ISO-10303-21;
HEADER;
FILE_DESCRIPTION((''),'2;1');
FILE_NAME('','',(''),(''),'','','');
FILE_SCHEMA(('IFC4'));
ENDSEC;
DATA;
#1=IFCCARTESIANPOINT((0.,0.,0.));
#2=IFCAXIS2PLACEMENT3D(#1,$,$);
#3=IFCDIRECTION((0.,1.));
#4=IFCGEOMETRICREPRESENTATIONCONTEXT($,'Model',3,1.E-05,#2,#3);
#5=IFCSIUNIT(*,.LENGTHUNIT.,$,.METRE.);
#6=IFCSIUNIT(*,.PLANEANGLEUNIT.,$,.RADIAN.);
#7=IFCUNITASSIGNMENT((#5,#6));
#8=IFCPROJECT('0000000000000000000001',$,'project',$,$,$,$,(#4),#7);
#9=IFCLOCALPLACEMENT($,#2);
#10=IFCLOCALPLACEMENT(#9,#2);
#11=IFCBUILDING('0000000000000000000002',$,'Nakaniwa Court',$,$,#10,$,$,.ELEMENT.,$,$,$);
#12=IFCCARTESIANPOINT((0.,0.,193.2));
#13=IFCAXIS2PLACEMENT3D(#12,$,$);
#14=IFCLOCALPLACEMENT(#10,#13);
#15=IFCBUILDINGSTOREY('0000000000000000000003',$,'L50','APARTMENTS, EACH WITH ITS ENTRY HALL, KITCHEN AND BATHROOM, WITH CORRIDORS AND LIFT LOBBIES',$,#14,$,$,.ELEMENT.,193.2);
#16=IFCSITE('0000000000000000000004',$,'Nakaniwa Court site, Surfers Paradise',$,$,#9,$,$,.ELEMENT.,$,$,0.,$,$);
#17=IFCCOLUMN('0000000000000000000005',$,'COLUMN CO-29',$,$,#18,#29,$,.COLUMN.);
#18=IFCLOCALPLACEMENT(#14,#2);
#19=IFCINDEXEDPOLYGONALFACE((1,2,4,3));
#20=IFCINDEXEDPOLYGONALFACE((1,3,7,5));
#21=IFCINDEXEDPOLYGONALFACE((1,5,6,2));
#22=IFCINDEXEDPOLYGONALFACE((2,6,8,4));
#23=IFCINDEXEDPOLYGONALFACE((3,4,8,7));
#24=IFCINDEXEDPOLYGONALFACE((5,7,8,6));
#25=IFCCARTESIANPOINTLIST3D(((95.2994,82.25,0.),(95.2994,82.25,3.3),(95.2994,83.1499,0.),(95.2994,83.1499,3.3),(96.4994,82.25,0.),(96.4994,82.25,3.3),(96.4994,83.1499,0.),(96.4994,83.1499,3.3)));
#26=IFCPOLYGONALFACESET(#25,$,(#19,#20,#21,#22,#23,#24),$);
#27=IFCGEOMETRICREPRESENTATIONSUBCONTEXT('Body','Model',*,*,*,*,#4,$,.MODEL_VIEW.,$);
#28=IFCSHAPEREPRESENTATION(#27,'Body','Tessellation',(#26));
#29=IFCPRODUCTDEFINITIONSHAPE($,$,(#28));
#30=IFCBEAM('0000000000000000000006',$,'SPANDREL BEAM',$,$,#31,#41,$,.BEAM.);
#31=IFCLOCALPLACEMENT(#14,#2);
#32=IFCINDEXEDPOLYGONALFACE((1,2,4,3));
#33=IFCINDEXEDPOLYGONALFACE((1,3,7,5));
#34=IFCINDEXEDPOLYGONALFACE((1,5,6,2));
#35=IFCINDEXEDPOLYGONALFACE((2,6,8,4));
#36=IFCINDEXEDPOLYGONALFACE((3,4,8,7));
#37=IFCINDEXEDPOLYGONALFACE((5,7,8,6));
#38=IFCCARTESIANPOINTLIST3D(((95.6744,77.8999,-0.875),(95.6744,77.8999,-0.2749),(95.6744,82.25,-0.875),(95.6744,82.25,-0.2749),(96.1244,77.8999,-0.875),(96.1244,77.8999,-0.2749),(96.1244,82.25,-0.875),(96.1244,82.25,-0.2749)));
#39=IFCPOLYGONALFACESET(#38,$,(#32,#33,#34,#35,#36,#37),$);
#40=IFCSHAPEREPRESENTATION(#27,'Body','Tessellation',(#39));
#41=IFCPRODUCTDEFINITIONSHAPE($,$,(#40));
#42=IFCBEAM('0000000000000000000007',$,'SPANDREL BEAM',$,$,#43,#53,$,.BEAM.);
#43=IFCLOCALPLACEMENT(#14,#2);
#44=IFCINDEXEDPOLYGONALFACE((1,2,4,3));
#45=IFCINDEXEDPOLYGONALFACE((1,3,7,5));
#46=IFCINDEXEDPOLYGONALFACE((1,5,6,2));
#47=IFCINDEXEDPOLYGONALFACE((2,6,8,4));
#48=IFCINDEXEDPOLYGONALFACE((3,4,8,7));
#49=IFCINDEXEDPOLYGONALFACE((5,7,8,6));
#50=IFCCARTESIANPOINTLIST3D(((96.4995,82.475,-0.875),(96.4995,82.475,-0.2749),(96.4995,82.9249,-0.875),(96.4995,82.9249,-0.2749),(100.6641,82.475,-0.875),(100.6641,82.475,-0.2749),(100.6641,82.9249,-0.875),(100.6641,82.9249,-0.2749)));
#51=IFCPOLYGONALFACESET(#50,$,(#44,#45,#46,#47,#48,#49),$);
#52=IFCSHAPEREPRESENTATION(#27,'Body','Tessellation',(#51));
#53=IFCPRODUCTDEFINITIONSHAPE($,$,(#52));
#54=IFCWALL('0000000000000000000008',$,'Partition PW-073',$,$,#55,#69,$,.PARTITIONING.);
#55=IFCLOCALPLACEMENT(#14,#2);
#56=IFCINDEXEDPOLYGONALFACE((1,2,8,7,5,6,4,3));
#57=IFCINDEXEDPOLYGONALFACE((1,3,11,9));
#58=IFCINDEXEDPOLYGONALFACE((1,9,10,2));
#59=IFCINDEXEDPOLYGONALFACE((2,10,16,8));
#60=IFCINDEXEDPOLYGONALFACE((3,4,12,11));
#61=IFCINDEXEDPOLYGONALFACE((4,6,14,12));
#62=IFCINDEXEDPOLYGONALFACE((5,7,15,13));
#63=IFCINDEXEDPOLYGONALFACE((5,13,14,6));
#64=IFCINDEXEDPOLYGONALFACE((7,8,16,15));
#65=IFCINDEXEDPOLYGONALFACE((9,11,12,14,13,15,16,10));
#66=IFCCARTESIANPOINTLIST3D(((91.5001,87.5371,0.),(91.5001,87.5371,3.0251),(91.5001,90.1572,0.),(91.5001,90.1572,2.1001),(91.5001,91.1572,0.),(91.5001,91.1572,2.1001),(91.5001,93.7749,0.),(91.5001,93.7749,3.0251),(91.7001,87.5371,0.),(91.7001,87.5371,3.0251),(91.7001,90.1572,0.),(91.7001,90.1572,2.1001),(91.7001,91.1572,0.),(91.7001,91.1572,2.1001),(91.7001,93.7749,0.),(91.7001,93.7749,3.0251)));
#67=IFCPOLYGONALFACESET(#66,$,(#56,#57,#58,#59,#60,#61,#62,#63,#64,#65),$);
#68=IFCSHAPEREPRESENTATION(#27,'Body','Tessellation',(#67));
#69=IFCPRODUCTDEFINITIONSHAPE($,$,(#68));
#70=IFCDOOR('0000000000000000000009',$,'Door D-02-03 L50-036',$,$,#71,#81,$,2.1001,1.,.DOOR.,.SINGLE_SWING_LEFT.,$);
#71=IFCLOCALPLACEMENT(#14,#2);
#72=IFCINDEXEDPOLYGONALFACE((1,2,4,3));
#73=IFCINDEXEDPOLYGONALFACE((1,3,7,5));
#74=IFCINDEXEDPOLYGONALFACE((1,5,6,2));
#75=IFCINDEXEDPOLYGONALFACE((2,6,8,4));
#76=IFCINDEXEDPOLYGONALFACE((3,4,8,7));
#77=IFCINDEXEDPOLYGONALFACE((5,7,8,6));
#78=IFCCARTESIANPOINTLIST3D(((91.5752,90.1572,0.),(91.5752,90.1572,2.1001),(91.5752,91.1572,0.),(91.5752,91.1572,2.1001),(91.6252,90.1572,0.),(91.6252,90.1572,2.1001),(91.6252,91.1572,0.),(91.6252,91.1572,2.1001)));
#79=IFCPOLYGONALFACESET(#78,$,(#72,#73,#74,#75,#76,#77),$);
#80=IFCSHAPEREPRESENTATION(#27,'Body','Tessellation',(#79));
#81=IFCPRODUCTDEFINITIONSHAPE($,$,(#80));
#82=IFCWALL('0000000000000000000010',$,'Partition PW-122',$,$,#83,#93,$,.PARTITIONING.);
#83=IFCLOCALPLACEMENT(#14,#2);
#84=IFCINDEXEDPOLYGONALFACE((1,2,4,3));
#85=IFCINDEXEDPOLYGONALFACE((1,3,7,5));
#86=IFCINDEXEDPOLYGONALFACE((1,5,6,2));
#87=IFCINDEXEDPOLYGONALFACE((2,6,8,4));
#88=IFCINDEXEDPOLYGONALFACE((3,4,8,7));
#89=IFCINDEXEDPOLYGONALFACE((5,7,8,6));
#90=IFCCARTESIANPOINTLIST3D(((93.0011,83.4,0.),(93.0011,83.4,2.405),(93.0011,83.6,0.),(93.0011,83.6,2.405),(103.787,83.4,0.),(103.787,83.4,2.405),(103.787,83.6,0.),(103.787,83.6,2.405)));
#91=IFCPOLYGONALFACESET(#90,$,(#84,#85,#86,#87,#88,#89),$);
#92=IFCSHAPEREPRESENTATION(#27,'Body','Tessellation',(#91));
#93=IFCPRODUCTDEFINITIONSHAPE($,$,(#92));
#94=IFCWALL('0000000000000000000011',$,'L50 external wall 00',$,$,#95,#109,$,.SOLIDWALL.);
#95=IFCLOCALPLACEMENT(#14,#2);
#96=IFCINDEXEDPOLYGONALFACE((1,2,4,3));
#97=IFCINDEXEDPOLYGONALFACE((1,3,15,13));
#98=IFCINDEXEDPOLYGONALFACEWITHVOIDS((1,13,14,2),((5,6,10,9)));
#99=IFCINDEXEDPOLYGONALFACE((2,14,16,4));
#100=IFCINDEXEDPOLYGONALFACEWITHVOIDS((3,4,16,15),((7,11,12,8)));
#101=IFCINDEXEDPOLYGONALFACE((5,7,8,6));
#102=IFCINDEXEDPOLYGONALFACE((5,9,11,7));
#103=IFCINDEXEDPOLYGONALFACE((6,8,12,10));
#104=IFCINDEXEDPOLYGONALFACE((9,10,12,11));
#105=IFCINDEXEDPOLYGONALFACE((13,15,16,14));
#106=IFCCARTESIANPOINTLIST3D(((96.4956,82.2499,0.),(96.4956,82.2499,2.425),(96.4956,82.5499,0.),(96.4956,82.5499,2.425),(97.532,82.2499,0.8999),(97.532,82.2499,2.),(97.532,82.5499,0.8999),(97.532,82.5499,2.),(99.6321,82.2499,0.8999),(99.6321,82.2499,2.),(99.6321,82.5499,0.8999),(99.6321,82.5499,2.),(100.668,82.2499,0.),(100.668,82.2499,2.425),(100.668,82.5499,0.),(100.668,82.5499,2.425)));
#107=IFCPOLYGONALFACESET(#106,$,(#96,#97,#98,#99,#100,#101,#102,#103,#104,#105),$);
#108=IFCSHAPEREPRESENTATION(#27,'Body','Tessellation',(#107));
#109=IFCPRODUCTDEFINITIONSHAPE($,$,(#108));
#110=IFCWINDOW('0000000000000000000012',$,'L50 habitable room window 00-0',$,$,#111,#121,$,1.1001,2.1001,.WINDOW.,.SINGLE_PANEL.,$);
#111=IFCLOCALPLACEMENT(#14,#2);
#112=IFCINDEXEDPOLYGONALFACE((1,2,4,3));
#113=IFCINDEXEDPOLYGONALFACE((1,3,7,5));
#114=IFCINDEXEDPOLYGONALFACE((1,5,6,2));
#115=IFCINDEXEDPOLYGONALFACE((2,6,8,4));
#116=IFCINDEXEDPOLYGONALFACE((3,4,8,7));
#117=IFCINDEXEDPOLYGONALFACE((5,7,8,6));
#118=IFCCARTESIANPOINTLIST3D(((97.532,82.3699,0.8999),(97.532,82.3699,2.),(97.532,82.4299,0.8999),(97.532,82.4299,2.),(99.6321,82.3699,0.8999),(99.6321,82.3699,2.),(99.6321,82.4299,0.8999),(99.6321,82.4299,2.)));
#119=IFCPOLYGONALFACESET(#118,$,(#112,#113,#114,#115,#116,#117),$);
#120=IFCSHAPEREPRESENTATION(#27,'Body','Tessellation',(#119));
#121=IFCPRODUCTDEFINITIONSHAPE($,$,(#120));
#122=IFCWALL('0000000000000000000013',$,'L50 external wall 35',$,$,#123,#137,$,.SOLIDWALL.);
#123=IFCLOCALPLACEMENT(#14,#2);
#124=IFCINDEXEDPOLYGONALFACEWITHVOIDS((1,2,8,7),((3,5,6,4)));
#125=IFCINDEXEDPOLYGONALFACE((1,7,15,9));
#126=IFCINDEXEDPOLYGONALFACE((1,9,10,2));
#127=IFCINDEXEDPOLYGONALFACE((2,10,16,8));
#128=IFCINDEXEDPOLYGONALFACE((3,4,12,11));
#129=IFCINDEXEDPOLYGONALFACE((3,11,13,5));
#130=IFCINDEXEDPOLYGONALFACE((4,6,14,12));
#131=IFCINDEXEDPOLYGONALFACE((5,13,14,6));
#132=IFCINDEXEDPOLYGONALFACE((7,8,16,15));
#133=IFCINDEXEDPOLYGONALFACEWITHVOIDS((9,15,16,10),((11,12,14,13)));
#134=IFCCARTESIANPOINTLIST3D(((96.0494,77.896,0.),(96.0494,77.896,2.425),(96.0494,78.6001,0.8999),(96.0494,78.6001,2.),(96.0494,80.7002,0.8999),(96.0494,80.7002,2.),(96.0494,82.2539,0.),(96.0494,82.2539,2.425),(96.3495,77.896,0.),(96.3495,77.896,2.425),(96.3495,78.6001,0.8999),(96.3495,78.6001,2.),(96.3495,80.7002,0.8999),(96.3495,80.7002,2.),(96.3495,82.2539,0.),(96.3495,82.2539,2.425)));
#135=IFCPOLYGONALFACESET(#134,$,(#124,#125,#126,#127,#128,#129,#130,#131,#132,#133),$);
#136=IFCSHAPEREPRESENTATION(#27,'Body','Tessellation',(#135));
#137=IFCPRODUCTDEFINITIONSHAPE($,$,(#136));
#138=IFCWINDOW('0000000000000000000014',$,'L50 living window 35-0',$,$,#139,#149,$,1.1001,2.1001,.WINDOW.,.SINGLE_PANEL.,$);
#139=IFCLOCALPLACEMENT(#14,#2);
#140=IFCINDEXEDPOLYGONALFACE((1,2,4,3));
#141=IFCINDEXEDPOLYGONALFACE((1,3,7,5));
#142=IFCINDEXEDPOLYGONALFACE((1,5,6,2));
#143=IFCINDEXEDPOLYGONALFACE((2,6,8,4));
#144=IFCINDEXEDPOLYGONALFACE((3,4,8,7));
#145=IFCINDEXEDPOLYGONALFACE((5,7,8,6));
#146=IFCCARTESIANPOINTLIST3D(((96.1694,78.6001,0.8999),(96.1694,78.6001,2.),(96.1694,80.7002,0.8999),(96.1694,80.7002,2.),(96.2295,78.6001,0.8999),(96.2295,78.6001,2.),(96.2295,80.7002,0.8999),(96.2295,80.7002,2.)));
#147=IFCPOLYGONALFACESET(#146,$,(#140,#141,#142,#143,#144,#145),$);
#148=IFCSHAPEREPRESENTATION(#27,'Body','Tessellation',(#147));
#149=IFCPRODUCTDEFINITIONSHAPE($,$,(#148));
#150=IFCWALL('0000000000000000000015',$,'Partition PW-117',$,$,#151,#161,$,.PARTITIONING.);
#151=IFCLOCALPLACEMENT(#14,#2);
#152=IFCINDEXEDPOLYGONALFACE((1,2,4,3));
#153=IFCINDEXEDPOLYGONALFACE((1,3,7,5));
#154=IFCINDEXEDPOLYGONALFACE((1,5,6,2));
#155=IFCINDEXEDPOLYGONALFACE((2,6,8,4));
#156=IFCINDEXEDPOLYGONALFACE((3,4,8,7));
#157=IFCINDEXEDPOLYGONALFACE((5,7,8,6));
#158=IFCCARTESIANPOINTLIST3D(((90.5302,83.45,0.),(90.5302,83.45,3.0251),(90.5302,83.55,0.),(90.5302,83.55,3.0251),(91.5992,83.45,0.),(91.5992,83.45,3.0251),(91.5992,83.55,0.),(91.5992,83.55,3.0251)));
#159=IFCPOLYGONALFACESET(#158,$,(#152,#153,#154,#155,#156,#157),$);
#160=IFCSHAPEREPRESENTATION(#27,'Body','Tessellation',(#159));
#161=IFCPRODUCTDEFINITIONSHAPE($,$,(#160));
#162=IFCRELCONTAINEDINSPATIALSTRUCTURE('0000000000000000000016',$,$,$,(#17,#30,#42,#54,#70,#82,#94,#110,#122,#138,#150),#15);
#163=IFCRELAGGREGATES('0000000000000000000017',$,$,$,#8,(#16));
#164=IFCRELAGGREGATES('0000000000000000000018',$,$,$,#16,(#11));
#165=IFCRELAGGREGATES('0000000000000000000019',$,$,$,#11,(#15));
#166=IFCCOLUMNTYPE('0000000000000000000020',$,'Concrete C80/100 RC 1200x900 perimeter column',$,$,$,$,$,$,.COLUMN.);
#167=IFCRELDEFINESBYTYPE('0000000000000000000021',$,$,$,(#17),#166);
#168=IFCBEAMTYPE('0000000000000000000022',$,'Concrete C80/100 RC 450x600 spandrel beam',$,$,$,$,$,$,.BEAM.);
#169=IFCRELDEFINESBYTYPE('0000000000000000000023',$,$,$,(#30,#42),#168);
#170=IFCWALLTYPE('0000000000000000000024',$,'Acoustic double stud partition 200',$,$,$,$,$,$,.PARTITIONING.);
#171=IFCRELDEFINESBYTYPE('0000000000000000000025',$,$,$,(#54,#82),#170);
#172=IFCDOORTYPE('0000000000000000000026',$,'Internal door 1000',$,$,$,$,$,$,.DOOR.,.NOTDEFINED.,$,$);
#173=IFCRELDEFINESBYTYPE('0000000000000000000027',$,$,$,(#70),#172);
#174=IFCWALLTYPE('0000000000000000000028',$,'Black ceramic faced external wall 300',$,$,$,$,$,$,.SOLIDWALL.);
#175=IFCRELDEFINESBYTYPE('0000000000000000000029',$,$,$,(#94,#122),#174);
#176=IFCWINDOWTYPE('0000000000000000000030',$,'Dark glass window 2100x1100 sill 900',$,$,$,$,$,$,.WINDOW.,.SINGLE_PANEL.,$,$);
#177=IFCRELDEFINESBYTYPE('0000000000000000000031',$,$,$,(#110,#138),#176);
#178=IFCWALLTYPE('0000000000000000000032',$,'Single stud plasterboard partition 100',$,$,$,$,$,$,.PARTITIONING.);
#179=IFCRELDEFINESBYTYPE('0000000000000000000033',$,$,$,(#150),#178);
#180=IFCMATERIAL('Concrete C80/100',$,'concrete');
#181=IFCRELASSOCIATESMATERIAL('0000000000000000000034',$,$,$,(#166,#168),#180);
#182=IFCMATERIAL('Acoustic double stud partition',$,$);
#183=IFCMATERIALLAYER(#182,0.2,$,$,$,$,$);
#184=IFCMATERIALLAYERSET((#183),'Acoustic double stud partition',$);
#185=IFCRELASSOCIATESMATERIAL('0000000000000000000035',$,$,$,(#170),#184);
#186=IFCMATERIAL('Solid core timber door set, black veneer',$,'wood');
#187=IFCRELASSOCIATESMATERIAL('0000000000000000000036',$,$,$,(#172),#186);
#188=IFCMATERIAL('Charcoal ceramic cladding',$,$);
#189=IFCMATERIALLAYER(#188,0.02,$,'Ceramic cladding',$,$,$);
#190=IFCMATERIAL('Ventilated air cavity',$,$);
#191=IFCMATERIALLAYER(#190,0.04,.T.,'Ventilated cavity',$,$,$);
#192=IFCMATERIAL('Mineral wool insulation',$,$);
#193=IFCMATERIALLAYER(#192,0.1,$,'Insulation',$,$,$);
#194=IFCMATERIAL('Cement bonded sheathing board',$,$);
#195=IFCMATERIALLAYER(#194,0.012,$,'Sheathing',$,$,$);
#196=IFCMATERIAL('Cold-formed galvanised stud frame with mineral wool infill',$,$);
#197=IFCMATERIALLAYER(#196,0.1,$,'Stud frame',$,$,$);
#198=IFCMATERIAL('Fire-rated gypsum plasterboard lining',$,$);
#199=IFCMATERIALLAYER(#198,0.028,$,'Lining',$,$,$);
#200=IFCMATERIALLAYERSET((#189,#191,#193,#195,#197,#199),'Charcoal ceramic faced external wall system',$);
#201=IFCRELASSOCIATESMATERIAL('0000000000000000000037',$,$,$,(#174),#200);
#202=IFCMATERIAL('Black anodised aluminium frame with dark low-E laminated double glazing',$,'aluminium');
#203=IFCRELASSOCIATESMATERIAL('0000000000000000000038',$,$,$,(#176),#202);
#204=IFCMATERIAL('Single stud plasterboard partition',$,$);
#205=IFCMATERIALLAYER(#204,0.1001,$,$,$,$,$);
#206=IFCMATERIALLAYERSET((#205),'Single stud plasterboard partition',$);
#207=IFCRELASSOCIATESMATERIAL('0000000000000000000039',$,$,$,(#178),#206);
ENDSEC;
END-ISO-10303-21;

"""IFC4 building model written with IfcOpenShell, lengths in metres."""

from ifc_helpers import new_model, si_unit, direction, frame, frame_2d, origin, origin_2d, place, context, subcontext, project, spatial, rectangle, extrude, material, layer, layer_set, material_profile, profile_set, type_object, element, fill, save


model = new_model("IFC4")

# Units and contexts
model_context = context("Model", 3, precision=1e-05, world=origin(), true_north=direction((0.0, 1.0)))
body_context = subcontext(model_context, "Body", "Model", "MODEL_VIEW")
ifc_project = project(units=[si_unit("LENGTHUNIT", "METRE"), si_unit("PLANEANGLEUNIT", "RADIAN")], contexts=[model_context])

# Site, building, storey
site_placement = place(None, origin())
site = spatial("IfcSite", under=ifc_project, at=site_placement, Name="Nakaniwa Court site, Surfers Paradise", CompositionType="ELEMENT", RefElevation=0.0)
building_placement = place(site_placement, origin())
building = spatial("IfcBuilding", under=site, at=building_placement, Name="Nakaniwa Court", CompositionType="ELEMENT")
storey_placement = place(building_placement, frame((0.0, 0.0, 193.2)))
storey = spatial("IfcBuildingStorey", under=building, at=storey_placement, Name="L50", Description="APARTMENTS, EACH WITH ITS ENTRY HALL, KITCHEN AND BATHROOM, WITH CORRIDORS AND LIFT LOBBIES", CompositionType="ELEMENT", Elevation=193.2)

# Column
ifc_material_1 = material(Name="Concrete C80/100", Category="concrete")
ifc_material_profile_1 = material_profile(ifc_material_1, rectangle(XDim=1.2, YDim=0.8999, at=origin_2d()), Name="Concrete C80/100 RC 1200x900 perimeter column")
ifc_profile_set_1 = profile_set([ifc_material_profile_1], Name="Concrete C80/100")
column_type = type_object("IfcColumnType", Name="Concrete C80/100 RC 1200x900 perimeter column", PredefinedType="COLUMN", material=ifc_profile_set_1)
column_placement = place(storey_placement, frame((95.8994, 82.7, 0.0), z_axis=(0.0, 0.0, 1.0), x_axis=(1.0, 0.0, 0.0)))
element("IfcColumn", 1, at=column_placement, inside=storey, type_object=column_type, Name="COLUMN CO-29", PredefinedType="COLUMN", context=body_context, shape_type="SweptSolid", body=[
    extrude(rectangle(XDim=1.2, YDim=0.8999, at=origin_2d()), origin(), (0.0, 0.0, 1.0), 3.3),
])

# Beams
ifc_material_profile_2 = material_profile(ifc_material_1, rectangle(XDim=0.45, YDim=0.6001, at=origin_2d()), Name="Concrete C80/100 RC 450x600 spandrel beam")
ifc_profile_set_2 = profile_set([ifc_material_profile_2], Name="Concrete C80/100")
beam_type = type_object("IfcBeamType", Name="Concrete C80/100 RC 450x600 spandrel beam", PredefinedType="BEAM", material=ifc_profile_set_2)
beam_1_placement = place(storey_placement, frame((95.8994, 77.8999, -0.575), z_axis=(0.0, 1.0, 0.0), x_axis=(-1.0, 0.0, 0.0)))
element("IfcBeam", 2, at=beam_1_placement, inside=storey, type_object=beam_type, Name="SPANDREL BEAM", PredefinedType="BEAM", context=body_context, shape_type="SweptSolid", body=[
    extrude(rectangle(XDim=0.45, YDim=0.6001, at=origin_2d()), origin(), (0.0, 0.0, 1.0), 4.3501),
])
beam_2_placement = place(storey_placement, frame((96.4995, 82.7, -0.575), z_axis=(1.0, 0.0, 0.0), x_axis=(0.0, 1.0, 0.0)))
element("IfcBeam", 3, at=beam_2_placement, inside=storey, type_object=beam_type, Name="SPANDREL BEAM", PredefinedType="BEAM", context=body_context, shape_type="SweptSolid", body=[
    extrude(rectangle(XDim=0.45, YDim=0.6001, at=origin_2d()), origin(), (0.0, 0.0, 1.0), 4.1646),
])

# Wall, opening, door
ifc_material_2 = material(Name="Acoustic double stud partition")
ifc_layer_1 = layer(ifc_material_2, 0.2)
ifc_layer_set_1 = layer_set([ifc_layer_1], Name="Acoustic double stud partition")
wall_type_1 = type_object("IfcWallType", Name="Acoustic double stud partition 200", PredefinedType="PARTITIONING", material=ifc_layer_set_1)
wall_1_placement = place(storey_placement, frame((91.6001, 87.5371, 0.0), z_axis=(0.0, 0.0, 1.0), x_axis=(0.0, 1.0, 0.0)))
wall_1 = element("IfcWall", 4, at=wall_1_placement, inside=storey, type_object=wall_type_1, Name="Partition PW-073", PredefinedType="PARTITIONING", context=body_context, shape_type="SweptSolid", body=[
    extrude(rectangle(XDim=6.2378, YDim=0.2, at=frame_2d((3.1189, 0.0))), origin(), (0.0, 0.0, 1.0), 3.0251),
])
opening_1_placement = place(wall_1_placement, frame((2.6201, 0.0, 0.0)))
opening_1 = element("IfcOpeningElement", 5, at=opening_1_placement, cuts=wall_1, PredefinedType="OPENING", context=body_context, shape_type="SweptSolid", body=[
    extrude(rectangle(XDim=1.0, YDim=2.1001, at=frame_2d((0.5, 1.05))), frame((0.0, 0.1099, 0.0), z_axis=(0.0, -1.0, 0.0), x_axis=(1.0, 0.0, 0.0)), (0.0, 0.0, 1.0), 0.22),
])
ifc_material_3 = material(Name="Solid core timber door set, black veneer", Category="wood")
door_type_1 = type_object("IfcDoorType", Name="Internal door 1000", OperationType="NOTDEFINED", PredefinedType="DOOR", material=ifc_material_3)
door_1_placement = place(opening_1_placement, origin())
door_1 = element("IfcDoor", 6, at=door_1_placement, inside=storey, type_object=door_type_1, Name="Door D-02-03 L50-036", OperationType="SINGLE_SWING_LEFT", OverallHeight=2.1001, OverallWidth=1.0, PredefinedType="DOOR", context=body_context, shape_type="SweptSolid", body=[
    extrude(rectangle(XDim=1.0, YDim=2.1001, at=frame_2d((0.5, 1.05))), frame((0.0, 0.0249, 0.0), z_axis=(0.0, -1.0, 0.0), x_axis=(1.0, 0.0, 0.0)), (0.0, 0.0, 1.0), 0.05),
])
fill(opening_1, door_1)

# Wall
wall_2_placement = place(storey_placement, frame((93.001, 83.5, 0.0), z_axis=(0.0, 0.0, 1.0), x_axis=(1.0, 0.0, 0.0)))
element("IfcWall", 7, at=wall_2_placement, inside=storey, type_object=wall_type_1, Name="Partition PW-122", PredefinedType="PARTITIONING", context=body_context, shape_type="SweptSolid", body=[
    extrude(rectangle(XDim=10.7859, YDim=0.2, at=frame_2d((5.3931, 0.0))), origin(), (0.0, 0.0, 1.0), 2.405),
])

# Walls, openings, windows
ifc_material_4 = material(Name="Charcoal ceramic cladding")
ifc_layer_2 = layer(ifc_material_4, 0.02, Name="Ceramic cladding")
ifc_material_5 = material(Name="Ventilated air cavity")
ifc_layer_3 = layer(ifc_material_5, 0.04, ventilated=True, Name="Ventilated cavity")
ifc_material_6 = material(Name="Mineral wool insulation")
ifc_layer_4 = layer(ifc_material_6, 0.1, Name="Insulation")
ifc_material_7 = material(Name="Cement bonded sheathing board")
ifc_layer_5 = layer(ifc_material_7, 0.012, Name="Sheathing")
ifc_material_8 = material(Name="Cold-formed galvanised stud frame with mineral wool infill")
ifc_layer_6 = layer(ifc_material_8, 0.1, Name="Stud frame")
ifc_material_9 = material(Name="Fire-rated gypsum plasterboard lining")
ifc_layer_7 = layer(ifc_material_9, 0.028, Name="Lining")
ifc_layer_set_2 = layer_set([ifc_layer_2, ifc_layer_3, ifc_layer_4, ifc_layer_5, ifc_layer_6, ifc_layer_7], Name="Charcoal ceramic faced external wall system")
wall_type_2 = type_object("IfcWallType", Name="Black ceramic faced external wall 300", PredefinedType="SOLIDWALL", material=ifc_layer_set_2)
wall_3_placement = place(storey_placement, frame((96.4956, 82.3999, 0.0), z_axis=(0.0, 0.0, 1.0), x_axis=(1.0, 0.0, 0.0)))
wall_3 = element("IfcWall", 8, at=wall_3_placement, inside=storey, type_object=wall_type_2, Name="L50 external wall 00", PredefinedType="SOLIDWALL", context=body_context, shape_type="SweptSolid", body=[
    extrude(rectangle(XDim=4.1724, YDim=0.3, at=frame_2d((2.0862, 0.0))), origin(), (0.0, 0.0, 1.0), 2.425),
])
opening_2_placement = place(wall_3_placement, frame((1.0364, 0.0, 0.8999)))
opening_2 = element("IfcOpeningElement", 9, at=opening_2_placement, cuts=wall_3, PredefinedType="OPENING", context=body_context, shape_type="SweptSolid", body=[
    extrude(rectangle(XDim=2.1001, YDim=1.1001, at=frame_2d((1.05, 0.55))), frame((0.0, 0.1599, 0.0), z_axis=(0.0, -1.0, 0.0), x_axis=(1.0, 0.0, 0.0)), (0.0, 0.0, 1.0), 0.3201),
])
ifc_material_10 = material(Name="Black anodised aluminium frame with dark low-E laminated double glazing", Category="aluminium")
window_type = type_object("IfcWindowType", Name="Dark glass window 2100x1100 sill 900", PartitioningType="SINGLE_PANEL", PredefinedType="WINDOW", material=ifc_material_10)
window_1_placement = place(opening_2_placement, origin())
window_1 = element("IfcWindow", 10, at=window_1_placement, inside=storey, type_object=window_type, Name="L50 habitable room window 00-0", OverallHeight=1.1001, OverallWidth=2.1001, PartitioningType="SINGLE_PANEL", PredefinedType="WINDOW", context=body_context, shape_type="SweptSolid", body=[
    extrude(rectangle(XDim=2.1001, YDim=1.1001, at=frame_2d((1.05, 0.55))), frame((0.0, 0.03, 0.0), z_axis=(0.0, -1.0, 0.0), x_axis=(1.0, 0.0, 0.0)), (0.0, 0.0, 1.0), 0.0601),
])
fill(opening_2, window_1)
wall_4_placement = place(storey_placement, frame((96.1995, 77.896, 0.0), z_axis=(0.0, 0.0, 1.0), x_axis=(0.0, 1.0, 0.0)))
wall_4 = element("IfcWall", 11, at=wall_4_placement, inside=storey, type_object=wall_type_2, Name="L50 external wall 35", PredefinedType="SOLIDWALL", context=body_context, shape_type="SweptSolid", body=[
    extrude(rectangle(XDim=4.3579, YDim=0.3, at=frame_2d((2.179, 0.0))), origin(), (0.0, 0.0, 1.0), 2.425),
])
opening_3_placement = place(wall_4_placement, frame((0.7041, 0.0, 0.8999)))
opening_3 = element("IfcOpeningElement", 12, at=opening_3_placement, cuts=wall_4, PredefinedType="OPENING", context=body_context, shape_type="SweptSolid", body=[
    extrude(rectangle(XDim=2.1001, YDim=1.1001, at=frame_2d((1.05, 0.55))), frame((0.0, 0.1599, 0.0), z_axis=(0.0, -1.0, 0.0), x_axis=(1.0, 0.0, 0.0)), (0.0, 0.0, 1.0), 0.3201),
])
window_2_placement = place(opening_3_placement, origin())
window_2 = element("IfcWindow", 13, at=window_2_placement, inside=storey, type_object=window_type, Name="L50 living window 35-0", OverallHeight=1.1001, OverallWidth=2.1001, PartitioningType="SINGLE_PANEL", PredefinedType="WINDOW", context=body_context, shape_type="SweptSolid", body=[
    extrude(rectangle(XDim=2.1001, YDim=1.1001, at=frame_2d((1.05, 0.55))), frame((0.0, 0.03, 0.0), z_axis=(0.0, -1.0, 0.0), x_axis=(1.0, 0.0, 0.0)), (0.0, 0.0, 1.0), 0.0601),
])
fill(opening_3, window_2)

# Wall
ifc_material_11 = material(Name="Single stud plasterboard partition")
ifc_layer_8 = layer(ifc_material_11, 0.1001)
ifc_layer_set_3 = layer_set([ifc_layer_8], Name="Single stud plasterboard partition")
wall_type_3 = type_object("IfcWallType", Name="Single stud plasterboard partition 100", PredefinedType="PARTITIONING", material=ifc_layer_set_3)
wall_5_placement = place(storey_placement, frame((90.53, 83.5, 0.0), z_axis=(0.0, 0.0, 1.0), x_axis=(1.0, 0.0, 0.0)))
element("IfcWall", 14, at=wall_5_placement, inside=storey, type_object=wall_type_3, Name="Partition PW-117", PredefinedType="PARTITIONING", context=body_context, shape_type="SweptSolid", body=[
    extrude(rectangle(XDim=1.0691, YDim=0.1001, at=frame_2d((0.5347, 0.0))), origin(), (0.0, 0.0, 1.0), 3.0251),
])

save(model, "model.ifc")
